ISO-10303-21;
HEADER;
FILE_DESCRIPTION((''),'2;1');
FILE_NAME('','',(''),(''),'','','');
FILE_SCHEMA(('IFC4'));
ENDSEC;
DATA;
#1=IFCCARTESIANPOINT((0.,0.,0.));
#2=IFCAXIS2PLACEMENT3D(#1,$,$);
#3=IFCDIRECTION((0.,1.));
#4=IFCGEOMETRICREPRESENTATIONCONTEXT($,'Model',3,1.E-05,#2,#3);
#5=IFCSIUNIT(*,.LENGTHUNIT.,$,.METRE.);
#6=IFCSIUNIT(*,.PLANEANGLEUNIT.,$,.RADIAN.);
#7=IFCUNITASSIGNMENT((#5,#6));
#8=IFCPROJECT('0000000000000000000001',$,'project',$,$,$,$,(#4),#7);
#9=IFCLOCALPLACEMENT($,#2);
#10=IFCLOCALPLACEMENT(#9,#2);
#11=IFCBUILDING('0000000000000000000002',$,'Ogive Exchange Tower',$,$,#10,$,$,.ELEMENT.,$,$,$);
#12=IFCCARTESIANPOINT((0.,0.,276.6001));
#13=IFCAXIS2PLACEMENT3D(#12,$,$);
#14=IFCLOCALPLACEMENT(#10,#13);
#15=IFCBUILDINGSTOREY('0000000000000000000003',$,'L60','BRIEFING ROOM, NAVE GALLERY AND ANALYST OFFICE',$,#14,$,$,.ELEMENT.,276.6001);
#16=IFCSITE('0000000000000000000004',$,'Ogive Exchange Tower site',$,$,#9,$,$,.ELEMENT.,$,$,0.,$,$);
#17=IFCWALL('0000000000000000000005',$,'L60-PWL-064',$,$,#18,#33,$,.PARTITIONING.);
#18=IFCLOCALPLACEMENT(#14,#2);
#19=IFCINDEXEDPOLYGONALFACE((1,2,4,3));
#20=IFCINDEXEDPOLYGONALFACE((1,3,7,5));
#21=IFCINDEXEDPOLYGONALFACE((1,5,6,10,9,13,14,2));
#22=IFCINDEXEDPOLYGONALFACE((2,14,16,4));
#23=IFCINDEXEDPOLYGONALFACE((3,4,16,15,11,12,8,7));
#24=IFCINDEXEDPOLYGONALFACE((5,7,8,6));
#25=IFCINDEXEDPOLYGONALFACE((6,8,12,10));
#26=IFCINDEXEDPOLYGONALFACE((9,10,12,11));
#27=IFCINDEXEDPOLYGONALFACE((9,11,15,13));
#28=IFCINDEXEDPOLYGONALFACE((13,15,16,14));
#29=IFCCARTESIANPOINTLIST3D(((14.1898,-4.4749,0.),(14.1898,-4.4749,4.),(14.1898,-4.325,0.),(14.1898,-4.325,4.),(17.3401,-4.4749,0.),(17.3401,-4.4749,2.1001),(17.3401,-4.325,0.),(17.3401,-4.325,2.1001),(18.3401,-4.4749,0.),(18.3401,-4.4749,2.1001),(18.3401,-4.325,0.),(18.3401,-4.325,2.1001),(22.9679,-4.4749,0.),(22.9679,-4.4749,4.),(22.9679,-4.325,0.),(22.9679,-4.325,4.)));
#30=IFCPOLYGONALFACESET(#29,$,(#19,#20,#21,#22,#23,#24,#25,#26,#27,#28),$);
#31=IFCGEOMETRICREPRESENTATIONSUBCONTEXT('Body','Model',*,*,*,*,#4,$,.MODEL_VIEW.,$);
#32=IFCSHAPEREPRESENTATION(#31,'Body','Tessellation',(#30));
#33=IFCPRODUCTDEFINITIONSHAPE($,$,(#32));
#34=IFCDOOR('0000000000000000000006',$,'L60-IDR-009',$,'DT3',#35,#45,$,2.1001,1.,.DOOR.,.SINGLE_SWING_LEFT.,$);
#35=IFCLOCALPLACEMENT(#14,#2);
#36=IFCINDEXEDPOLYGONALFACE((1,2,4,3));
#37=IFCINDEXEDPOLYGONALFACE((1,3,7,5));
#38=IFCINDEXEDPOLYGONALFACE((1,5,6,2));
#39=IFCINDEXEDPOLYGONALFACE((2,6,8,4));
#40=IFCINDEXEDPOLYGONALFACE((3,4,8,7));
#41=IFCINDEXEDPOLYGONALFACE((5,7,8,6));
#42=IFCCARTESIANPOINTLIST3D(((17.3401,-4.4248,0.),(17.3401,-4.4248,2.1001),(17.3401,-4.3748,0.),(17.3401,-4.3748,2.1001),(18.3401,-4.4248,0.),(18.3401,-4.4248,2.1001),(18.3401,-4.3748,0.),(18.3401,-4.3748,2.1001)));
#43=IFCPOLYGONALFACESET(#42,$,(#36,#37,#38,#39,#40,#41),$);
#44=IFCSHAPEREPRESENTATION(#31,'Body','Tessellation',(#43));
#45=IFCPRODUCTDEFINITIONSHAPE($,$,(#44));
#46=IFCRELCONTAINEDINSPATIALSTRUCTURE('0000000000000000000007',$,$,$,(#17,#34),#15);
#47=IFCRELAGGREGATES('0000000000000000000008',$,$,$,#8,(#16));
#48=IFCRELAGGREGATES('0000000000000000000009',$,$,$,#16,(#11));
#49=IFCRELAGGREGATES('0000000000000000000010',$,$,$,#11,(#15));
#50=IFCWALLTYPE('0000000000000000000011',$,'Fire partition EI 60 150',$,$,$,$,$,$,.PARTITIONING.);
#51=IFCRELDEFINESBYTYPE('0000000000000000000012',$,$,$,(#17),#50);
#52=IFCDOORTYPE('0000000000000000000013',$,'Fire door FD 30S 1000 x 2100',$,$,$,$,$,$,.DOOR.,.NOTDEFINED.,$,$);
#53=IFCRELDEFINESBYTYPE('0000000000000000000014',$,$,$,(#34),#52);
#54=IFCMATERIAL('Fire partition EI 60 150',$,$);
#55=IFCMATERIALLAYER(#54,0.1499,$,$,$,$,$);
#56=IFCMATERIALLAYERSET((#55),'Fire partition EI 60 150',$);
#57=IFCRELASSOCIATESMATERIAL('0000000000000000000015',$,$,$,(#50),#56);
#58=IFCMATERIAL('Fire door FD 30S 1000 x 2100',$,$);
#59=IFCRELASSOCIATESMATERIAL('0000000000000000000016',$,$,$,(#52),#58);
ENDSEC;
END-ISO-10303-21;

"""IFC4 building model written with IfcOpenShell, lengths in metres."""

from ifc_helpers import new_model, si_unit, direction, frame, frame_2d, origin, place, context, subcontext, project, spatial, rectangle, extrude, material, layer, layer_set, type_object, element, fill, save


model = new_model("IFC4")

# Units and contexts
model_context = context("Model", 3, precision=1e-05, world=origin(), true_north=direction((0.0, 1.0)))
body_context = subcontext(model_context, "Body", "Model", "MODEL_VIEW")
ifc_project = project(units=[si_unit("LENGTHUNIT", "METRE"), si_unit("PLANEANGLEUNIT", "RADIAN")], contexts=[model_context])

# Site, building, storey
site_placement = place(None, origin())
site = spatial("IfcSite", under=ifc_project, at=site_placement, Name="Ogive Exchange Tower site", CompositionType="ELEMENT", RefElevation=0.0)
building_placement = place(site_placement, origin())
building = spatial("IfcBuilding", under=site, at=building_placement, Name="Ogive Exchange Tower", CompositionType="ELEMENT")
storey_placement = place(building_placement, frame((0.0, 0.0, 276.6001)))
storey = spatial("IfcBuildingStorey", under=building, at=storey_placement, Name="L60", Description="BRIEFING ROOM, NAVE GALLERY AND ANALYST OFFICE", CompositionType="ELEMENT", Elevation=276.6001)

# Wall, opening, door
ifc_material_1 = material(Name="Fire partition EI 60 150")
ifc_layer_1 = layer(ifc_material_1, 0.1499)
ifc_layer_set_1 = layer_set([ifc_layer_1], Name="Fire partition EI 60 150")
wall_type_1 = type_object("IfcWallType", Name="Fire partition EI 60 150", PredefinedType="PARTITIONING", material=ifc_layer_set_1)
wall_1_placement = place(storey_placement, frame((22.968, -4.3999, 0.0), z_axis=(0.0, 0.0, 1.0), x_axis=(-1.0, 0.0, 0.0)))
wall_1 = element("IfcWall", 1, at=wall_1_placement, inside=storey, type_object=wall_type_1, Name="L60-PWL-064", PredefinedType="PARTITIONING", context=body_context, shape_type="SweptSolid", body=[
    extrude(rectangle(XDim=8.7781, YDim=0.1499, at=frame_2d((4.3892, 0.0))), origin(), (0.0, 0.0, 1.0), 4.0),
])
opening_1_placement = place(wall_1_placement, frame((4.6279, 0.0, 0.0)))
opening_1 = element("IfcOpeningElement", 2, at=opening_1_placement, cuts=wall_1, PredefinedType="OPENING", context=body_context, shape_type="SweptSolid", body=[
    extrude(rectangle(XDim=1.0, YDim=2.1001, at=frame_2d((0.5, 1.05))), frame((0.0, 0.085, 0.0), z_axis=(0.0, -1.0, 0.0), x_axis=(1.0, 0.0, 0.0)), (0.0, 0.0, 1.0), 0.1699),
])
ifc_material_2 = material(Name="Fire door FD 30S 1000 x 2100")
door_type_1 = type_object("IfcDoorType", Name="Fire door FD 30S 1000 x 2100", OperationType="NOTDEFINED", PredefinedType="DOOR", material=ifc_material_2)
door_1_placement = place(opening_1_placement, origin())
door_1 = element("IfcDoor", 3, at=door_1_placement, inside=storey, type_object=door_type_1, Name="L60-IDR-009", ObjectType="DT3", OperationType="SINGLE_SWING_LEFT", OverallHeight=2.1001, OverallWidth=1.0, PredefinedType="DOOR", context=body_context, shape_type="SweptSolid", body=[
    extrude(rectangle(XDim=1.0, YDim=2.1001, at=frame_2d((0.5, 1.05))), frame((0.0, 0.0249, 0.0), z_axis=(0.0, -1.0, 0.0), x_axis=(1.0, 0.0, 0.0)), (0.0, 0.0, 1.0), 0.05),
])
fill(opening_1, door_1)

save(model, "model.ifc")
